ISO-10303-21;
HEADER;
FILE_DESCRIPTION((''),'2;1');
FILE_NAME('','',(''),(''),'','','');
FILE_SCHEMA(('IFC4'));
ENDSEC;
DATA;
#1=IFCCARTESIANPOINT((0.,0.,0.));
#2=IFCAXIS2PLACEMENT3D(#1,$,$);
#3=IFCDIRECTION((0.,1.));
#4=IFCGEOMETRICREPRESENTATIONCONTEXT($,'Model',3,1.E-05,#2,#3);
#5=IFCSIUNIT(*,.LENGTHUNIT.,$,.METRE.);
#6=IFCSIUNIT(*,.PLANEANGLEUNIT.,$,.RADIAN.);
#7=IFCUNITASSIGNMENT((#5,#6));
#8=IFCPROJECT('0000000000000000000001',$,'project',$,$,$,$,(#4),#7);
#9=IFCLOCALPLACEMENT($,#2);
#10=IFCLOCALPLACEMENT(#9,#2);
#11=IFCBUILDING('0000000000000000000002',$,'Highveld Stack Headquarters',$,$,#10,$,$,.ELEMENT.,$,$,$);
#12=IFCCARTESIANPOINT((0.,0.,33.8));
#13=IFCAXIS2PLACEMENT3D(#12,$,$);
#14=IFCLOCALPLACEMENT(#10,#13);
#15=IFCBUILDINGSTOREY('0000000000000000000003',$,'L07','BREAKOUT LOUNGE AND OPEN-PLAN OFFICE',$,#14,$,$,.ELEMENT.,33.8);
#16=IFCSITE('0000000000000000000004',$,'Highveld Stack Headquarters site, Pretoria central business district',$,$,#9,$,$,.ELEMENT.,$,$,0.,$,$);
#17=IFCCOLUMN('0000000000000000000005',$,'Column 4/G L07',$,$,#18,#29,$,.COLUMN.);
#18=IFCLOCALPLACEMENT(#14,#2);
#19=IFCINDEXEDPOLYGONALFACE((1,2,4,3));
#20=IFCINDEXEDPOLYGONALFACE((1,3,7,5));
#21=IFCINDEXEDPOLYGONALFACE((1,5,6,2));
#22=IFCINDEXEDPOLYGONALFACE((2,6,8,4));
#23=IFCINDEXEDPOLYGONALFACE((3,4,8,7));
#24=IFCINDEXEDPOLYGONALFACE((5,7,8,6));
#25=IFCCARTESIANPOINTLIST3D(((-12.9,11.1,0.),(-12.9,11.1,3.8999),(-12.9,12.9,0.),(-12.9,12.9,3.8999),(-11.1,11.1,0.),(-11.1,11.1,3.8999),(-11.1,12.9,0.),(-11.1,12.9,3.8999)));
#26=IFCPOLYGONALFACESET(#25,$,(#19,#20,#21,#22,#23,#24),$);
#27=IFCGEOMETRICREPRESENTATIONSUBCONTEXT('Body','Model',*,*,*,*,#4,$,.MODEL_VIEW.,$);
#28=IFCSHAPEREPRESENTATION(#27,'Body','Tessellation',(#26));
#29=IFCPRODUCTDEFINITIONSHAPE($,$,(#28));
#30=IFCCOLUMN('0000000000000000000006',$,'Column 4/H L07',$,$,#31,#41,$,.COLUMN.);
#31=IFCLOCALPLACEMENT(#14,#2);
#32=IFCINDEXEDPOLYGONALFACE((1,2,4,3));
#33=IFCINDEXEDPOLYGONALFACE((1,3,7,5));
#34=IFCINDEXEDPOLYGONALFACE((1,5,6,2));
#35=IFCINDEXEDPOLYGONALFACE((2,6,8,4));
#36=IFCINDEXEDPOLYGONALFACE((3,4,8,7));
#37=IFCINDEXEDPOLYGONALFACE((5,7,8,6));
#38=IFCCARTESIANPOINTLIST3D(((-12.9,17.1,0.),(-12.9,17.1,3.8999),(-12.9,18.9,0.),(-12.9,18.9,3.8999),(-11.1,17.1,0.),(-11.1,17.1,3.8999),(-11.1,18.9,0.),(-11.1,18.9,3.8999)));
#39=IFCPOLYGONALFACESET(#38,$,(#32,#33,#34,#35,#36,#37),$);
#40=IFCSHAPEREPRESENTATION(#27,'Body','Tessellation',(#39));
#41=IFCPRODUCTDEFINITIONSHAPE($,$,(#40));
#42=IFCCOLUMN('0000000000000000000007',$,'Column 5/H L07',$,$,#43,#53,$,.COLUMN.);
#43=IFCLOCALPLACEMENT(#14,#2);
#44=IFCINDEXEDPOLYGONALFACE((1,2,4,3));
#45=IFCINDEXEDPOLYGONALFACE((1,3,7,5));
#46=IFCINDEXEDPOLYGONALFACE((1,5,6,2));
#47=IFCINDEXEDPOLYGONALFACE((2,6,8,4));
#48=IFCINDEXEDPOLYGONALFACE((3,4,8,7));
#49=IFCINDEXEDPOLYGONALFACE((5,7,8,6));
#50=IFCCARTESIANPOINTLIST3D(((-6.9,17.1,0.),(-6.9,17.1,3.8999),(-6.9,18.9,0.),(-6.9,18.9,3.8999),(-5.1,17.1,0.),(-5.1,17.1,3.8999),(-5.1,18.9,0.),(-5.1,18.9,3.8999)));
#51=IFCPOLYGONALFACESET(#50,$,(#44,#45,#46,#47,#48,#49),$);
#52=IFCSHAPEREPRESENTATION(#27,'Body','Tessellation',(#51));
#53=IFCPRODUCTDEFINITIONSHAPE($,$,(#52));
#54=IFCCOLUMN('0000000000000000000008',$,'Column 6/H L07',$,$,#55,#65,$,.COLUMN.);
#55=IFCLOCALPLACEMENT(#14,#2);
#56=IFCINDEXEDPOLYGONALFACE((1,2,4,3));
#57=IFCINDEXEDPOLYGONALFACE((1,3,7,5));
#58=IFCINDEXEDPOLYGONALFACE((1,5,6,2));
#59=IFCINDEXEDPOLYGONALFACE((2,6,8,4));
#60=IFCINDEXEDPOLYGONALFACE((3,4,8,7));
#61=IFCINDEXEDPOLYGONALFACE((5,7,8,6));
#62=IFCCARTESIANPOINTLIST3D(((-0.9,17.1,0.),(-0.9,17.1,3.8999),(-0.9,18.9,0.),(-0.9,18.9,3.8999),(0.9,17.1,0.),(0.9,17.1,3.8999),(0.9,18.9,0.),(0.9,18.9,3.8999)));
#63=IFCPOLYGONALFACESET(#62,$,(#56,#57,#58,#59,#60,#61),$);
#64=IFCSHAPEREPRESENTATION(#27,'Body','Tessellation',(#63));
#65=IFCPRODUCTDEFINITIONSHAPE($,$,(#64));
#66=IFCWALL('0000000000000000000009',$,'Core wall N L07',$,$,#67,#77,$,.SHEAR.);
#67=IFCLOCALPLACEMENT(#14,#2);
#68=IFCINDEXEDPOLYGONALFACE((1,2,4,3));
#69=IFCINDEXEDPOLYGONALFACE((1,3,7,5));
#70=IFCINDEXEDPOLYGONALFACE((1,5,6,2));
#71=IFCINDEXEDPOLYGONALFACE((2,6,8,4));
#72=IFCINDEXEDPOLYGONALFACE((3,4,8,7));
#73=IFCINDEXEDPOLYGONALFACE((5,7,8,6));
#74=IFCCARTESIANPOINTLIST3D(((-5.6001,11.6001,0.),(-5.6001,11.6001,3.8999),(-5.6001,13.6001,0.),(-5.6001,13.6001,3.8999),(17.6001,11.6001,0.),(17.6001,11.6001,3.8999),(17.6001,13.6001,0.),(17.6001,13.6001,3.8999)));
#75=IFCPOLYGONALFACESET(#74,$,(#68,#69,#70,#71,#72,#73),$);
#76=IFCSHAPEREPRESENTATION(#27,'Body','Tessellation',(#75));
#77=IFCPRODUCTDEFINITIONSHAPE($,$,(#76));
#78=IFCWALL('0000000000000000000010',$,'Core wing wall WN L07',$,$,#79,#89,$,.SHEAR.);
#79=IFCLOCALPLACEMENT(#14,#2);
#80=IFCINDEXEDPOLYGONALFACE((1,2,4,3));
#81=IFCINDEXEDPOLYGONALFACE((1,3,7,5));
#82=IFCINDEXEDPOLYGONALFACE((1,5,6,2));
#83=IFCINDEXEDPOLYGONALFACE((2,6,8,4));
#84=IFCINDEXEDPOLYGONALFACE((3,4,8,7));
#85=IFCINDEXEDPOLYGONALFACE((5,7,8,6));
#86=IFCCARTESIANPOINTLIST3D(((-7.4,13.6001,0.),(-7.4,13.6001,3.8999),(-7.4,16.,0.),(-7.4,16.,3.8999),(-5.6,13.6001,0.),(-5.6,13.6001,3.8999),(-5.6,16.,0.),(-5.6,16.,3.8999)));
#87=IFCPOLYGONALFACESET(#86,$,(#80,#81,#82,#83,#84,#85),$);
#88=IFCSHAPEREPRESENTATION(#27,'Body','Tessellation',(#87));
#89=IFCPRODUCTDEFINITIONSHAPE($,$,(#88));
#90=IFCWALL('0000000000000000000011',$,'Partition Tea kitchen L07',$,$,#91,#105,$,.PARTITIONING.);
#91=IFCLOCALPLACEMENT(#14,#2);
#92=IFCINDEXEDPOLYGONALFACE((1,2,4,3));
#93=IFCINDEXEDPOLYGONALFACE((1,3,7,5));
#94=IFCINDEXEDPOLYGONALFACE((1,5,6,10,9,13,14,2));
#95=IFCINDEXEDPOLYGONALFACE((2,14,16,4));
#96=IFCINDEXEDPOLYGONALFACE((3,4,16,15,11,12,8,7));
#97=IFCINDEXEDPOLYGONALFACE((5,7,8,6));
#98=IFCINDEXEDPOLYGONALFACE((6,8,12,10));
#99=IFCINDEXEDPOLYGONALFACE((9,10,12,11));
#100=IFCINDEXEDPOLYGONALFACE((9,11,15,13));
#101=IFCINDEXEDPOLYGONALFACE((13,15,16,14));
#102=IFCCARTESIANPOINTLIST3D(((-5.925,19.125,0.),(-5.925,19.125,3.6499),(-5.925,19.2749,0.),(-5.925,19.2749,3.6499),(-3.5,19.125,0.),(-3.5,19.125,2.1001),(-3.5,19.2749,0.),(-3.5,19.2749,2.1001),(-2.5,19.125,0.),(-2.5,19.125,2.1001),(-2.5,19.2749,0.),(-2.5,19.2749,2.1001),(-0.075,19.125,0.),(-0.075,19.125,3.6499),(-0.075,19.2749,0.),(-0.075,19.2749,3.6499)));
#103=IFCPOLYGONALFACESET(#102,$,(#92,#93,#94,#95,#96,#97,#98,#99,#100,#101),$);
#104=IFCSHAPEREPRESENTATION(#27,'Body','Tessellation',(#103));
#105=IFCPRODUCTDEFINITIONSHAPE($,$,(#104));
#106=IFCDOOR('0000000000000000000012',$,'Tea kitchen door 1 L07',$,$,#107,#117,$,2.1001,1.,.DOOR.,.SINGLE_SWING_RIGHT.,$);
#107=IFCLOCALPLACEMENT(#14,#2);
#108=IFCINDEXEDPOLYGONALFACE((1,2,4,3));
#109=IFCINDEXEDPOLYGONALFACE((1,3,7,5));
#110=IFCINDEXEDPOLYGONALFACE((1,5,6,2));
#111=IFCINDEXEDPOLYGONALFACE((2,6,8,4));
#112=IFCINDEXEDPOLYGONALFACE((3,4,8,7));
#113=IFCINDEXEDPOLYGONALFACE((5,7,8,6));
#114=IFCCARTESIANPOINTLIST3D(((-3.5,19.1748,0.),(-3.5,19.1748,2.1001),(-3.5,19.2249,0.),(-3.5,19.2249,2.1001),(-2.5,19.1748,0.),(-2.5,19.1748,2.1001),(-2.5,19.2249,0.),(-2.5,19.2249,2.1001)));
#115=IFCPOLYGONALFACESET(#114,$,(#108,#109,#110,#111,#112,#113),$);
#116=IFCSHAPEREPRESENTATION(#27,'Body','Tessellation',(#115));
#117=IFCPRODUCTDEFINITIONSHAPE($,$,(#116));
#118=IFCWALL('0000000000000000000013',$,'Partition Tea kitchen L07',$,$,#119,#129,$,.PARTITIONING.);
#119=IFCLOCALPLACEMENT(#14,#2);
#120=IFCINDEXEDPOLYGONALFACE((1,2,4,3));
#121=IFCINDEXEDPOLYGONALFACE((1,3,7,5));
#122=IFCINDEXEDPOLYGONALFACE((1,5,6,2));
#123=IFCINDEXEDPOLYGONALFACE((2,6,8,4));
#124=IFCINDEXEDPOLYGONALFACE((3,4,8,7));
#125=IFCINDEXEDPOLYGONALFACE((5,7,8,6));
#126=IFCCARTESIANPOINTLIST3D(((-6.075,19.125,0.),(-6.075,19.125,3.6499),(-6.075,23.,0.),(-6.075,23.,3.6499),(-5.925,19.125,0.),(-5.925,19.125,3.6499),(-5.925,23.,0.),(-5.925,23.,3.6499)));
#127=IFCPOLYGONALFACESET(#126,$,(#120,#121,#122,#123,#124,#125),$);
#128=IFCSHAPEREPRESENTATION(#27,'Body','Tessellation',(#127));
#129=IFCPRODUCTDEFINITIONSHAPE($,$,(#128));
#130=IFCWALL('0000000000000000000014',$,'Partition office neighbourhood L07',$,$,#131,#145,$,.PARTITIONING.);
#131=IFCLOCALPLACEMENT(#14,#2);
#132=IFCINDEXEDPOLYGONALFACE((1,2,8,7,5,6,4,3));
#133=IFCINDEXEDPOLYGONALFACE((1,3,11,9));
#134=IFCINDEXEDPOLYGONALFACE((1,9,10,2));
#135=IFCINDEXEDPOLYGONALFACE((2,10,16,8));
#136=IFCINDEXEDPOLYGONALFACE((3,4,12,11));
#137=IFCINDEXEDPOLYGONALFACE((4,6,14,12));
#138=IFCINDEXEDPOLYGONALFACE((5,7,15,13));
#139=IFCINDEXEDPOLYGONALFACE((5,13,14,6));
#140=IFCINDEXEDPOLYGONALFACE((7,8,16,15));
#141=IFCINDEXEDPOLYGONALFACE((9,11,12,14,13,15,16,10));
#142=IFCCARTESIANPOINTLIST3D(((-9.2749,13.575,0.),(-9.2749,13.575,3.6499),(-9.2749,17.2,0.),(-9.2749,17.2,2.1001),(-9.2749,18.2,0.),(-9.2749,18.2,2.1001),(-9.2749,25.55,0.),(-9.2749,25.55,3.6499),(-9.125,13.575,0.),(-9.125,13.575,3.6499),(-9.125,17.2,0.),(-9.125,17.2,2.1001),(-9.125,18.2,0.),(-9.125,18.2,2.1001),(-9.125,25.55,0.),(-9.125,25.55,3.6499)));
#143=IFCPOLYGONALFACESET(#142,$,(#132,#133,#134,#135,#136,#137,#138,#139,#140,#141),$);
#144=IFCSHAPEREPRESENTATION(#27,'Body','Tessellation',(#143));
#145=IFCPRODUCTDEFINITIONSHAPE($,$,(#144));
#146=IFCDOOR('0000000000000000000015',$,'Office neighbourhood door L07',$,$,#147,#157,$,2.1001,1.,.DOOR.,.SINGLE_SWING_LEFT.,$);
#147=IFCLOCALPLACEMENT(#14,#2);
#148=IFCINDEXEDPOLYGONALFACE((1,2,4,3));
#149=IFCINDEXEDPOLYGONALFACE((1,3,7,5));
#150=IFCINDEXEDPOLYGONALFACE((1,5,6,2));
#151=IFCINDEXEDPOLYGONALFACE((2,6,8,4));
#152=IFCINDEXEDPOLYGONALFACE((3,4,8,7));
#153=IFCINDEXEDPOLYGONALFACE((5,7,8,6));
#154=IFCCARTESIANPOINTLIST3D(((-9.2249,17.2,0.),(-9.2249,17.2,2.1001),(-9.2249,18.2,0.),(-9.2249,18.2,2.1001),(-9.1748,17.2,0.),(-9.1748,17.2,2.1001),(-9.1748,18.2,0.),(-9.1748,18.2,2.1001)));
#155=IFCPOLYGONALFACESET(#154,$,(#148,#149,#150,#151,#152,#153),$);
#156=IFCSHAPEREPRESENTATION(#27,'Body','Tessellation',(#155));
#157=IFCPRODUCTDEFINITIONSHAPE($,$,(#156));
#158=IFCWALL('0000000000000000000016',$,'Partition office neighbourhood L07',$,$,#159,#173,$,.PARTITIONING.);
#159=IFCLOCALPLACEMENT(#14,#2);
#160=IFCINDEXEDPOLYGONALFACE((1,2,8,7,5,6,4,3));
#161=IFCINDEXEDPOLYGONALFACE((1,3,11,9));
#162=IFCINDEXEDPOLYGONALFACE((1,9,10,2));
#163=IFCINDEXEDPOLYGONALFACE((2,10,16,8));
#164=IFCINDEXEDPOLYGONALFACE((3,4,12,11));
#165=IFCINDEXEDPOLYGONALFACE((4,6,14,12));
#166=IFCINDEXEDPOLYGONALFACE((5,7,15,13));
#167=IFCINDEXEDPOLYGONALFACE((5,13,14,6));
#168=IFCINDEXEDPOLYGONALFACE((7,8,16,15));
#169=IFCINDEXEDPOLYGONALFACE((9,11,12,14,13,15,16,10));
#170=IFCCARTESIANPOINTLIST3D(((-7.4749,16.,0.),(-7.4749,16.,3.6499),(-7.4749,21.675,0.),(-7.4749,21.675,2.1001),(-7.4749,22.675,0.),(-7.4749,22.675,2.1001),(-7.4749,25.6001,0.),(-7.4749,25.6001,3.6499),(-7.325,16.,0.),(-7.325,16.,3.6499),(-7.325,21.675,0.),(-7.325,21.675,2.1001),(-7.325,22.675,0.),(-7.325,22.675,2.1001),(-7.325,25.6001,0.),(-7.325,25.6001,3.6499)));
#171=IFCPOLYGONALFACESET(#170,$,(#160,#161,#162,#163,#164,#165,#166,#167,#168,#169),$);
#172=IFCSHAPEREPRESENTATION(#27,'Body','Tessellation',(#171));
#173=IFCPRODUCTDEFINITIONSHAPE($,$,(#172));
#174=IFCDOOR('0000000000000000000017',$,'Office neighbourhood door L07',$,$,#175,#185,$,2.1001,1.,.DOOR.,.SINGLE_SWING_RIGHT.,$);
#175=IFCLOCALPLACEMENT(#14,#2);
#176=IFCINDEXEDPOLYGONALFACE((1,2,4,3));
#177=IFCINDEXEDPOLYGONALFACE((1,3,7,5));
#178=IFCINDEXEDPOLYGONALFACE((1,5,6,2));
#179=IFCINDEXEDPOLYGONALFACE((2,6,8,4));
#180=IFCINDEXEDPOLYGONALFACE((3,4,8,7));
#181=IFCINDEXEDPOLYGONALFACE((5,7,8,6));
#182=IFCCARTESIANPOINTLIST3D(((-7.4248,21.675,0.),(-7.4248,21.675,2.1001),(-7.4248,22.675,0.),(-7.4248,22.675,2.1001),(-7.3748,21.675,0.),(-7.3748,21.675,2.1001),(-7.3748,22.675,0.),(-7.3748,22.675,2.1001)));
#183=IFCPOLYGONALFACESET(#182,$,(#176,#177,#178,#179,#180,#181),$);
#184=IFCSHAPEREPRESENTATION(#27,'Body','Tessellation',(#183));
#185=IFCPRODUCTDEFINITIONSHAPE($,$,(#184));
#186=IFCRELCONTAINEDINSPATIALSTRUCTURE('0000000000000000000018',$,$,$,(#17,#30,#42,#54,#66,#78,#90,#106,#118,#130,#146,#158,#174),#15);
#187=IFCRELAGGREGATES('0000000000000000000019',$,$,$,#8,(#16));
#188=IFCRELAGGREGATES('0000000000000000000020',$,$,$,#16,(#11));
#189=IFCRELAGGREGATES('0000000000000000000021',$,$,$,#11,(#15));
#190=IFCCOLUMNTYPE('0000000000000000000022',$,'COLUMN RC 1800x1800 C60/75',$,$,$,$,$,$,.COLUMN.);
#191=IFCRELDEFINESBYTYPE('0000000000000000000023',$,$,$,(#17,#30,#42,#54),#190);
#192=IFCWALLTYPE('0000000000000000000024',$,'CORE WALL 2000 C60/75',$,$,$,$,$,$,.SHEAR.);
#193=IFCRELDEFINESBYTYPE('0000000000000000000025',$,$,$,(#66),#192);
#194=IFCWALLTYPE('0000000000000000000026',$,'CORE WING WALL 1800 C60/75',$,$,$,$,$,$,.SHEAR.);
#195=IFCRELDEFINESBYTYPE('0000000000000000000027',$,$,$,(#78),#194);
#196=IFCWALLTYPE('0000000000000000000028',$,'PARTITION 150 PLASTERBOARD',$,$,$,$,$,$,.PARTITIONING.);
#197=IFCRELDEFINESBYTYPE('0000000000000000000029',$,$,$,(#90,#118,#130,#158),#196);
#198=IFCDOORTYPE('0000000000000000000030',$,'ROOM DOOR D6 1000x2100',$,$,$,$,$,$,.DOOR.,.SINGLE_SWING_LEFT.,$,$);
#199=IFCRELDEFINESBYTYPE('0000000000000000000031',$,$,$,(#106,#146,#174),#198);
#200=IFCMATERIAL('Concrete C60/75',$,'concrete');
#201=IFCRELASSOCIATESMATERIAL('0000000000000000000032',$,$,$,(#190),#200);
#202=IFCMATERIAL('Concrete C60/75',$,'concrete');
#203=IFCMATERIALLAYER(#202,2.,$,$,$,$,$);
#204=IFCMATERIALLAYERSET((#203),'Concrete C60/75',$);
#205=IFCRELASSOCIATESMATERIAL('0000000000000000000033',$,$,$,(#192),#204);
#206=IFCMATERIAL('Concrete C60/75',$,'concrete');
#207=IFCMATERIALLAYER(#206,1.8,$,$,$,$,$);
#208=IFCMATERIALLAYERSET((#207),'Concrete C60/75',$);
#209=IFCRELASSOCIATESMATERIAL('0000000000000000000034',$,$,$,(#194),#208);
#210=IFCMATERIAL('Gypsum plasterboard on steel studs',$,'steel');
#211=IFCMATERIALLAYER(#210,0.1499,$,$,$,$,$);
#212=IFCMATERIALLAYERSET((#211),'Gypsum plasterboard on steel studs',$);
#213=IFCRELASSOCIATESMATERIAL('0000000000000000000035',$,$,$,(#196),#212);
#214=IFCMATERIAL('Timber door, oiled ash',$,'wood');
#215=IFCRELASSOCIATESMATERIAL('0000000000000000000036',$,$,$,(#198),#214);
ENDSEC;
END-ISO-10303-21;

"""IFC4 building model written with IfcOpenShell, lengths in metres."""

from ifc_helpers import new_model, si_unit, direction, frame, frame_2d, origin, origin_2d, place, context, subcontext, project, spatial, rectangle, extrude, material, layer, layer_set, material_profile, profile_set, type_object, element, fill, save


model = new_model("IFC4")

# Units and contexts
model_context = context("Model", 3, precision=1e-05, world=origin(), true_north=direction((0.0, 1.0)))
body_context = subcontext(model_context, "Body", "Model", "MODEL_VIEW")
ifc_project = project(units=[si_unit("LENGTHUNIT", "METRE"), si_unit("PLANEANGLEUNIT", "RADIAN")], contexts=[model_context])

# Site, building, storey
site_placement = place(None, origin())
site = spatial("IfcSite", under=ifc_project, at=site_placement, Name="Highveld Stack Headquarters site, Pretoria central business district", CompositionType="ELEMENT", RefElevation=0.0)
building_placement = place(site_placement, origin())
building = spatial("IfcBuilding", under=site, at=building_placement, Name="Highveld Stack Headquarters", CompositionType="ELEMENT")
storey_placement = place(building_placement, frame((0.0, 0.0, 33.8)))
storey = spatial("IfcBuildingStorey", under=building, at=storey_placement, Name="L07", Description="BREAKOUT LOUNGE AND OPEN-PLAN OFFICE", CompositionType="ELEMENT", Elevation=33.8)

# Columns
ifc_material_1 = material(Name="Concrete C60/75", Category="concrete")
ifc_material_profile = material_profile(ifc_material_1, rectangle(XDim=1.8, YDim=1.8, at=origin_2d()), Name="RC 1800x1800")
ifc_profile_set = profile_set([ifc_material_profile], Name="Concrete C60/75")
column_type = type_object("IfcColumnType", Name="COLUMN RC 1800x1800 C60/75", PredefinedType="COLUMN", material=ifc_profile_set)
for number, where, z_axis, x_axis, name in (
    (1, (-12.0, 12.0, 0.0), (0.0, 0.0, 1.0), (1.0, 0.0, 0.0), "Column 4/G L07"),
    (2, (-12.0, 18.0, 0.0), (0.0, 0.0, 1.0), (1.0, 0.0, 0.0), "Column 4/H L07"),
    (3, (-6.0, 18.0, 0.0), (0.0, 0.0, 1.0), (1.0, 0.0, 0.0), "Column 5/H L07"),
    (4, (0.0, 18.0, 0.0), (0.0, 0.0, 1.0), (1.0, 0.0, 0.0), "Column 6/H L07"),
):
    element("IfcColumn", number, at=place(storey_placement, frame(where, z_axis=z_axis, x_axis=x_axis)), inside=storey, type_object=column_type, Name=name, PredefinedType="COLUMN", context=body_context, shape_type="SweptSolid", body=[
        extrude(rectangle(XDim=1.8, YDim=1.8, at=origin_2d()), origin(), (0.0, 0.0, 1.0), 3.8999),
    ])

# Walls
ifc_material_2 = material(Name="Concrete C60/75", Category="concrete")
ifc_layer_1 = layer(ifc_material_2, 2.0)
ifc_layer_set_1 = layer_set([ifc_layer_1], Name="Concrete C60/75")
wall_type_1 = type_object("IfcWallType", Name="CORE WALL 2000 C60/75", PredefinedType="SHEAR", material=ifc_layer_set_1)
wall_1_placement = place(storey_placement, frame((-5.6001, 12.6001, 0.0), z_axis=(0.0, 0.0, 1.0), x_axis=(1.0, 0.0, 0.0)))
element("IfcWall", 5, at=wall_1_placement, inside=storey, type_object=wall_type_1, Name="Core wall N L07", PredefinedType="SHEAR", context=body_context, shape_type="SweptSolid", body=[
    extrude(rectangle(XDim=23.2002, YDim=2.0, at=frame_2d((11.6001, 0.0))), origin(), (0.0, 0.0, 1.0), 3.8999),
])
ifc_material_3 = material(Name="Concrete C60/75", Category="concrete")
ifc_layer_2 = layer(ifc_material_3, 1.8)
ifc_layer_set_2 = layer_set([ifc_layer_2], Name="Concrete C60/75")
wall_type_2 = type_object("IfcWallType", Name="CORE WING WALL 1800 C60/75", PredefinedType="SHEAR", material=ifc_layer_set_2)
wall_2_placement = place(storey_placement, frame((-6.5, 13.6001, 0.0), z_axis=(0.0, 0.0, 1.0), x_axis=(0.0, 1.0, 0.0)))
element("IfcWall", 6, at=wall_2_placement, inside=storey, type_object=wall_type_2, Name="Core wing wall WN L07", PredefinedType="SHEAR", context=body_context, shape_type="SweptSolid", body=[
    extrude(rectangle(XDim=2.3999, YDim=1.8, at=frame_2d((1.2, 0.0))), origin(), (0.0, 0.0, 1.0), 3.8999),
])

# Wall, opening, door
ifc_material_4 = material(Name="Gypsum plasterboard on steel studs", Category="steel")
ifc_layer_3 = layer(ifc_material_4, 0.1499)
ifc_layer_set_3 = layer_set([ifc_layer_3], Name="Gypsum plasterboard on steel studs")
wall_type_3 = type_object("IfcWallType", Name="PARTITION 150 PLASTERBOARD", PredefinedType="PARTITIONING", material=ifc_layer_set_3)
wall_3_placement = place(storey_placement, frame((-5.925, 19.2, 0.0), z_axis=(0.0, 0.0, 1.0), x_axis=(1.0, 0.0, 0.0)))
wall_3 = element("IfcWall", 7, at=wall_3_placement, inside=storey, type_object=wall_type_3, Name="Partition Tea kitchen L07", PredefinedType="PARTITIONING", context=body_context, shape_type="SweptSolid", body=[
    extrude(rectangle(XDim=5.8501, YDim=0.1499, at=frame_2d((2.925, 0.0))), origin(), (0.0, 0.0, 1.0), 3.6499),
])
opening_1_placement = place(wall_3_placement, frame((2.425, 0.0, 0.0)))
opening_1 = element("IfcOpeningElement", 8, at=opening_1_placement, cuts=wall_3, PredefinedType="OPENING", context=body_context, shape_type="SweptSolid", body=[
    extrude(rectangle(XDim=1.0, YDim=2.1001, at=frame_2d((0.5, 1.05))), frame((0.0, 0.085, 0.0), z_axis=(0.0, -1.0, 0.0), x_axis=(1.0, 0.0, 0.0)), (0.0, 0.0, 1.0), 0.1699),
])
ifc_material_5 = material(Name="Timber door, oiled ash", Category="wood")
door_type = type_object("IfcDoorType", Name="ROOM DOOR D6 1000x2100", OperationType="SINGLE_SWING_LEFT", PredefinedType="DOOR", material=ifc_material_5)
door_1_placement = place(opening_1_placement, origin())
door_1 = element("IfcDoor", 9, at=door_1_placement, inside=storey, type_object=door_type, Name="Tea kitchen door 1 L07", OperationType="SINGLE_SWING_RIGHT", OverallHeight=2.1001, OverallWidth=1.0, PredefinedType="DOOR", context=body_context, shape_type="SweptSolid", body=[
    extrude(rectangle(XDim=1.0, YDim=2.1001, at=frame_2d((0.5, 1.05))), frame((0.0, 0.0249, 0.0), z_axis=(0.0, -1.0, 0.0), x_axis=(1.0, 0.0, 0.0)), (0.0, 0.0, 1.0), 0.05),
])
fill(opening_1, door_1)

# Wall
wall_4_placement = place(storey_placement, frame((-6.0, 19.125, 0.0), z_axis=(0.0, 0.0, 1.0), x_axis=(0.0, 1.0, 0.0)))
element("IfcWall", 10, at=wall_4_placement, inside=storey, type_object=wall_type_3, Name="Partition Tea kitchen L07", PredefinedType="PARTITIONING", context=body_context, shape_type="SweptSolid", body=[
    extrude(rectangle(XDim=3.875, YDim=0.1499, at=frame_2d((1.9375, 0.0))), origin(), (0.0, 0.0, 1.0), 3.6499),
])

# Walls, openings, doors
wall_5_placement = place(storey_placement, frame((-9.2, 13.575, 0.0), z_axis=(0.0, 0.0, 1.0), x_axis=(0.0, 1.0, 0.0)))
wall_5 = element("IfcWall", 11, at=wall_5_placement, inside=storey, type_object=wall_type_3, Name="Partition office neighbourhood L07", PredefinedType="PARTITIONING", context=body_context, shape_type="SweptSolid", body=[
    extrude(rectangle(XDim=11.9751, YDim=0.1499, at=frame_2d((5.9875, 0.0))), origin(), (0.0, 0.0, 1.0), 3.6499),
])
opening_2_placement = place(wall_5_placement, frame((3.625, 0.0, 0.0)))
opening_2 = element("IfcOpeningElement", 12, at=opening_2_placement, cuts=wall_5, PredefinedType="OPENING", context=body_context, shape_type="SweptSolid", body=[
    extrude(rectangle(XDim=1.0, YDim=2.1001, at=frame_2d((0.5, 1.05))), frame((0.0, 0.085, 0.0), z_axis=(0.0, -1.0, 0.0), x_axis=(1.0, 0.0, 0.0)), (0.0, 0.0, 1.0), 0.1699),
])
door_2_placement = place(opening_2_placement, origin())
door_2 = element("IfcDoor", 13, at=door_2_placement, inside=storey, type_object=door_type, Name="Office neighbourhood door L07", OperationType="SINGLE_SWING_LEFT", OverallHeight=2.1001, OverallWidth=1.0, PredefinedType="DOOR", context=body_context, shape_type="SweptSolid", body=[
    extrude(rectangle(XDim=1.0, YDim=2.1001, at=frame_2d((0.5, 1.05))), frame((0.0, 0.0249, 0.0), z_axis=(0.0, -1.0, 0.0), x_axis=(1.0, 0.0, 0.0)), (0.0, 0.0, 1.0), 0.05),
])
fill(opening_2, door_2)
wall_6_placement = place(storey_placement, frame((-7.3999, 16.0, 0.0), z_axis=(0.0, 0.0, 1.0), x_axis=(0.0, 1.0, 0.0)))
wall_6 = element("IfcWall", 14, at=wall_6_placement, inside=storey, type_object=wall_type_3, Name="Partition office neighbourhood L07", PredefinedType="PARTITIONING", context=body_context, shape_type="SweptSolid", body=[
    extrude(rectangle(XDim=9.6001, YDim=0.1499, at=frame_2d((4.8, 0.0))), origin(), (0.0, 0.0, 1.0), 3.6499),
])
opening_3_placement = place(wall_6_placement, frame((5.675, 0.0, 0.0)))
opening_3 = element("IfcOpeningElement", 15, at=opening_3_placement, cuts=wall_6, PredefinedType="OPENING", context=body_context, shape_type="SweptSolid", body=[
    extrude(rectangle(XDim=1.0, YDim=2.1001, at=frame_2d((0.5, 1.05))), frame((0.0, 0.085, 0.0), z_axis=(0.0, -1.0, 0.0), x_axis=(1.0, 0.0, 0.0)), (0.0, 0.0, 1.0), 0.1699),
])
door_3_placement = place(opening_3_placement, origin())
door_3 = element("IfcDoor", 16, at=door_3_placement, inside=storey, type_object=door_type, Name="Office neighbourhood door L07", OperationType="SINGLE_SWING_RIGHT", OverallHeight=2.1001, OverallWidth=1.0, PredefinedType="DOOR", context=body_context, shape_type="SweptSolid", body=[
    extrude(rectangle(XDim=1.0, YDim=2.1001, at=frame_2d((0.5, 1.05))), frame((0.0, 0.0249, 0.0), z_axis=(0.0, -1.0, 0.0), x_axis=(1.0, 0.0, 0.0)), (0.0, 0.0, 1.0), 0.05),
])
fill(opening_3, door_3)

save(model, "model.ifc")
